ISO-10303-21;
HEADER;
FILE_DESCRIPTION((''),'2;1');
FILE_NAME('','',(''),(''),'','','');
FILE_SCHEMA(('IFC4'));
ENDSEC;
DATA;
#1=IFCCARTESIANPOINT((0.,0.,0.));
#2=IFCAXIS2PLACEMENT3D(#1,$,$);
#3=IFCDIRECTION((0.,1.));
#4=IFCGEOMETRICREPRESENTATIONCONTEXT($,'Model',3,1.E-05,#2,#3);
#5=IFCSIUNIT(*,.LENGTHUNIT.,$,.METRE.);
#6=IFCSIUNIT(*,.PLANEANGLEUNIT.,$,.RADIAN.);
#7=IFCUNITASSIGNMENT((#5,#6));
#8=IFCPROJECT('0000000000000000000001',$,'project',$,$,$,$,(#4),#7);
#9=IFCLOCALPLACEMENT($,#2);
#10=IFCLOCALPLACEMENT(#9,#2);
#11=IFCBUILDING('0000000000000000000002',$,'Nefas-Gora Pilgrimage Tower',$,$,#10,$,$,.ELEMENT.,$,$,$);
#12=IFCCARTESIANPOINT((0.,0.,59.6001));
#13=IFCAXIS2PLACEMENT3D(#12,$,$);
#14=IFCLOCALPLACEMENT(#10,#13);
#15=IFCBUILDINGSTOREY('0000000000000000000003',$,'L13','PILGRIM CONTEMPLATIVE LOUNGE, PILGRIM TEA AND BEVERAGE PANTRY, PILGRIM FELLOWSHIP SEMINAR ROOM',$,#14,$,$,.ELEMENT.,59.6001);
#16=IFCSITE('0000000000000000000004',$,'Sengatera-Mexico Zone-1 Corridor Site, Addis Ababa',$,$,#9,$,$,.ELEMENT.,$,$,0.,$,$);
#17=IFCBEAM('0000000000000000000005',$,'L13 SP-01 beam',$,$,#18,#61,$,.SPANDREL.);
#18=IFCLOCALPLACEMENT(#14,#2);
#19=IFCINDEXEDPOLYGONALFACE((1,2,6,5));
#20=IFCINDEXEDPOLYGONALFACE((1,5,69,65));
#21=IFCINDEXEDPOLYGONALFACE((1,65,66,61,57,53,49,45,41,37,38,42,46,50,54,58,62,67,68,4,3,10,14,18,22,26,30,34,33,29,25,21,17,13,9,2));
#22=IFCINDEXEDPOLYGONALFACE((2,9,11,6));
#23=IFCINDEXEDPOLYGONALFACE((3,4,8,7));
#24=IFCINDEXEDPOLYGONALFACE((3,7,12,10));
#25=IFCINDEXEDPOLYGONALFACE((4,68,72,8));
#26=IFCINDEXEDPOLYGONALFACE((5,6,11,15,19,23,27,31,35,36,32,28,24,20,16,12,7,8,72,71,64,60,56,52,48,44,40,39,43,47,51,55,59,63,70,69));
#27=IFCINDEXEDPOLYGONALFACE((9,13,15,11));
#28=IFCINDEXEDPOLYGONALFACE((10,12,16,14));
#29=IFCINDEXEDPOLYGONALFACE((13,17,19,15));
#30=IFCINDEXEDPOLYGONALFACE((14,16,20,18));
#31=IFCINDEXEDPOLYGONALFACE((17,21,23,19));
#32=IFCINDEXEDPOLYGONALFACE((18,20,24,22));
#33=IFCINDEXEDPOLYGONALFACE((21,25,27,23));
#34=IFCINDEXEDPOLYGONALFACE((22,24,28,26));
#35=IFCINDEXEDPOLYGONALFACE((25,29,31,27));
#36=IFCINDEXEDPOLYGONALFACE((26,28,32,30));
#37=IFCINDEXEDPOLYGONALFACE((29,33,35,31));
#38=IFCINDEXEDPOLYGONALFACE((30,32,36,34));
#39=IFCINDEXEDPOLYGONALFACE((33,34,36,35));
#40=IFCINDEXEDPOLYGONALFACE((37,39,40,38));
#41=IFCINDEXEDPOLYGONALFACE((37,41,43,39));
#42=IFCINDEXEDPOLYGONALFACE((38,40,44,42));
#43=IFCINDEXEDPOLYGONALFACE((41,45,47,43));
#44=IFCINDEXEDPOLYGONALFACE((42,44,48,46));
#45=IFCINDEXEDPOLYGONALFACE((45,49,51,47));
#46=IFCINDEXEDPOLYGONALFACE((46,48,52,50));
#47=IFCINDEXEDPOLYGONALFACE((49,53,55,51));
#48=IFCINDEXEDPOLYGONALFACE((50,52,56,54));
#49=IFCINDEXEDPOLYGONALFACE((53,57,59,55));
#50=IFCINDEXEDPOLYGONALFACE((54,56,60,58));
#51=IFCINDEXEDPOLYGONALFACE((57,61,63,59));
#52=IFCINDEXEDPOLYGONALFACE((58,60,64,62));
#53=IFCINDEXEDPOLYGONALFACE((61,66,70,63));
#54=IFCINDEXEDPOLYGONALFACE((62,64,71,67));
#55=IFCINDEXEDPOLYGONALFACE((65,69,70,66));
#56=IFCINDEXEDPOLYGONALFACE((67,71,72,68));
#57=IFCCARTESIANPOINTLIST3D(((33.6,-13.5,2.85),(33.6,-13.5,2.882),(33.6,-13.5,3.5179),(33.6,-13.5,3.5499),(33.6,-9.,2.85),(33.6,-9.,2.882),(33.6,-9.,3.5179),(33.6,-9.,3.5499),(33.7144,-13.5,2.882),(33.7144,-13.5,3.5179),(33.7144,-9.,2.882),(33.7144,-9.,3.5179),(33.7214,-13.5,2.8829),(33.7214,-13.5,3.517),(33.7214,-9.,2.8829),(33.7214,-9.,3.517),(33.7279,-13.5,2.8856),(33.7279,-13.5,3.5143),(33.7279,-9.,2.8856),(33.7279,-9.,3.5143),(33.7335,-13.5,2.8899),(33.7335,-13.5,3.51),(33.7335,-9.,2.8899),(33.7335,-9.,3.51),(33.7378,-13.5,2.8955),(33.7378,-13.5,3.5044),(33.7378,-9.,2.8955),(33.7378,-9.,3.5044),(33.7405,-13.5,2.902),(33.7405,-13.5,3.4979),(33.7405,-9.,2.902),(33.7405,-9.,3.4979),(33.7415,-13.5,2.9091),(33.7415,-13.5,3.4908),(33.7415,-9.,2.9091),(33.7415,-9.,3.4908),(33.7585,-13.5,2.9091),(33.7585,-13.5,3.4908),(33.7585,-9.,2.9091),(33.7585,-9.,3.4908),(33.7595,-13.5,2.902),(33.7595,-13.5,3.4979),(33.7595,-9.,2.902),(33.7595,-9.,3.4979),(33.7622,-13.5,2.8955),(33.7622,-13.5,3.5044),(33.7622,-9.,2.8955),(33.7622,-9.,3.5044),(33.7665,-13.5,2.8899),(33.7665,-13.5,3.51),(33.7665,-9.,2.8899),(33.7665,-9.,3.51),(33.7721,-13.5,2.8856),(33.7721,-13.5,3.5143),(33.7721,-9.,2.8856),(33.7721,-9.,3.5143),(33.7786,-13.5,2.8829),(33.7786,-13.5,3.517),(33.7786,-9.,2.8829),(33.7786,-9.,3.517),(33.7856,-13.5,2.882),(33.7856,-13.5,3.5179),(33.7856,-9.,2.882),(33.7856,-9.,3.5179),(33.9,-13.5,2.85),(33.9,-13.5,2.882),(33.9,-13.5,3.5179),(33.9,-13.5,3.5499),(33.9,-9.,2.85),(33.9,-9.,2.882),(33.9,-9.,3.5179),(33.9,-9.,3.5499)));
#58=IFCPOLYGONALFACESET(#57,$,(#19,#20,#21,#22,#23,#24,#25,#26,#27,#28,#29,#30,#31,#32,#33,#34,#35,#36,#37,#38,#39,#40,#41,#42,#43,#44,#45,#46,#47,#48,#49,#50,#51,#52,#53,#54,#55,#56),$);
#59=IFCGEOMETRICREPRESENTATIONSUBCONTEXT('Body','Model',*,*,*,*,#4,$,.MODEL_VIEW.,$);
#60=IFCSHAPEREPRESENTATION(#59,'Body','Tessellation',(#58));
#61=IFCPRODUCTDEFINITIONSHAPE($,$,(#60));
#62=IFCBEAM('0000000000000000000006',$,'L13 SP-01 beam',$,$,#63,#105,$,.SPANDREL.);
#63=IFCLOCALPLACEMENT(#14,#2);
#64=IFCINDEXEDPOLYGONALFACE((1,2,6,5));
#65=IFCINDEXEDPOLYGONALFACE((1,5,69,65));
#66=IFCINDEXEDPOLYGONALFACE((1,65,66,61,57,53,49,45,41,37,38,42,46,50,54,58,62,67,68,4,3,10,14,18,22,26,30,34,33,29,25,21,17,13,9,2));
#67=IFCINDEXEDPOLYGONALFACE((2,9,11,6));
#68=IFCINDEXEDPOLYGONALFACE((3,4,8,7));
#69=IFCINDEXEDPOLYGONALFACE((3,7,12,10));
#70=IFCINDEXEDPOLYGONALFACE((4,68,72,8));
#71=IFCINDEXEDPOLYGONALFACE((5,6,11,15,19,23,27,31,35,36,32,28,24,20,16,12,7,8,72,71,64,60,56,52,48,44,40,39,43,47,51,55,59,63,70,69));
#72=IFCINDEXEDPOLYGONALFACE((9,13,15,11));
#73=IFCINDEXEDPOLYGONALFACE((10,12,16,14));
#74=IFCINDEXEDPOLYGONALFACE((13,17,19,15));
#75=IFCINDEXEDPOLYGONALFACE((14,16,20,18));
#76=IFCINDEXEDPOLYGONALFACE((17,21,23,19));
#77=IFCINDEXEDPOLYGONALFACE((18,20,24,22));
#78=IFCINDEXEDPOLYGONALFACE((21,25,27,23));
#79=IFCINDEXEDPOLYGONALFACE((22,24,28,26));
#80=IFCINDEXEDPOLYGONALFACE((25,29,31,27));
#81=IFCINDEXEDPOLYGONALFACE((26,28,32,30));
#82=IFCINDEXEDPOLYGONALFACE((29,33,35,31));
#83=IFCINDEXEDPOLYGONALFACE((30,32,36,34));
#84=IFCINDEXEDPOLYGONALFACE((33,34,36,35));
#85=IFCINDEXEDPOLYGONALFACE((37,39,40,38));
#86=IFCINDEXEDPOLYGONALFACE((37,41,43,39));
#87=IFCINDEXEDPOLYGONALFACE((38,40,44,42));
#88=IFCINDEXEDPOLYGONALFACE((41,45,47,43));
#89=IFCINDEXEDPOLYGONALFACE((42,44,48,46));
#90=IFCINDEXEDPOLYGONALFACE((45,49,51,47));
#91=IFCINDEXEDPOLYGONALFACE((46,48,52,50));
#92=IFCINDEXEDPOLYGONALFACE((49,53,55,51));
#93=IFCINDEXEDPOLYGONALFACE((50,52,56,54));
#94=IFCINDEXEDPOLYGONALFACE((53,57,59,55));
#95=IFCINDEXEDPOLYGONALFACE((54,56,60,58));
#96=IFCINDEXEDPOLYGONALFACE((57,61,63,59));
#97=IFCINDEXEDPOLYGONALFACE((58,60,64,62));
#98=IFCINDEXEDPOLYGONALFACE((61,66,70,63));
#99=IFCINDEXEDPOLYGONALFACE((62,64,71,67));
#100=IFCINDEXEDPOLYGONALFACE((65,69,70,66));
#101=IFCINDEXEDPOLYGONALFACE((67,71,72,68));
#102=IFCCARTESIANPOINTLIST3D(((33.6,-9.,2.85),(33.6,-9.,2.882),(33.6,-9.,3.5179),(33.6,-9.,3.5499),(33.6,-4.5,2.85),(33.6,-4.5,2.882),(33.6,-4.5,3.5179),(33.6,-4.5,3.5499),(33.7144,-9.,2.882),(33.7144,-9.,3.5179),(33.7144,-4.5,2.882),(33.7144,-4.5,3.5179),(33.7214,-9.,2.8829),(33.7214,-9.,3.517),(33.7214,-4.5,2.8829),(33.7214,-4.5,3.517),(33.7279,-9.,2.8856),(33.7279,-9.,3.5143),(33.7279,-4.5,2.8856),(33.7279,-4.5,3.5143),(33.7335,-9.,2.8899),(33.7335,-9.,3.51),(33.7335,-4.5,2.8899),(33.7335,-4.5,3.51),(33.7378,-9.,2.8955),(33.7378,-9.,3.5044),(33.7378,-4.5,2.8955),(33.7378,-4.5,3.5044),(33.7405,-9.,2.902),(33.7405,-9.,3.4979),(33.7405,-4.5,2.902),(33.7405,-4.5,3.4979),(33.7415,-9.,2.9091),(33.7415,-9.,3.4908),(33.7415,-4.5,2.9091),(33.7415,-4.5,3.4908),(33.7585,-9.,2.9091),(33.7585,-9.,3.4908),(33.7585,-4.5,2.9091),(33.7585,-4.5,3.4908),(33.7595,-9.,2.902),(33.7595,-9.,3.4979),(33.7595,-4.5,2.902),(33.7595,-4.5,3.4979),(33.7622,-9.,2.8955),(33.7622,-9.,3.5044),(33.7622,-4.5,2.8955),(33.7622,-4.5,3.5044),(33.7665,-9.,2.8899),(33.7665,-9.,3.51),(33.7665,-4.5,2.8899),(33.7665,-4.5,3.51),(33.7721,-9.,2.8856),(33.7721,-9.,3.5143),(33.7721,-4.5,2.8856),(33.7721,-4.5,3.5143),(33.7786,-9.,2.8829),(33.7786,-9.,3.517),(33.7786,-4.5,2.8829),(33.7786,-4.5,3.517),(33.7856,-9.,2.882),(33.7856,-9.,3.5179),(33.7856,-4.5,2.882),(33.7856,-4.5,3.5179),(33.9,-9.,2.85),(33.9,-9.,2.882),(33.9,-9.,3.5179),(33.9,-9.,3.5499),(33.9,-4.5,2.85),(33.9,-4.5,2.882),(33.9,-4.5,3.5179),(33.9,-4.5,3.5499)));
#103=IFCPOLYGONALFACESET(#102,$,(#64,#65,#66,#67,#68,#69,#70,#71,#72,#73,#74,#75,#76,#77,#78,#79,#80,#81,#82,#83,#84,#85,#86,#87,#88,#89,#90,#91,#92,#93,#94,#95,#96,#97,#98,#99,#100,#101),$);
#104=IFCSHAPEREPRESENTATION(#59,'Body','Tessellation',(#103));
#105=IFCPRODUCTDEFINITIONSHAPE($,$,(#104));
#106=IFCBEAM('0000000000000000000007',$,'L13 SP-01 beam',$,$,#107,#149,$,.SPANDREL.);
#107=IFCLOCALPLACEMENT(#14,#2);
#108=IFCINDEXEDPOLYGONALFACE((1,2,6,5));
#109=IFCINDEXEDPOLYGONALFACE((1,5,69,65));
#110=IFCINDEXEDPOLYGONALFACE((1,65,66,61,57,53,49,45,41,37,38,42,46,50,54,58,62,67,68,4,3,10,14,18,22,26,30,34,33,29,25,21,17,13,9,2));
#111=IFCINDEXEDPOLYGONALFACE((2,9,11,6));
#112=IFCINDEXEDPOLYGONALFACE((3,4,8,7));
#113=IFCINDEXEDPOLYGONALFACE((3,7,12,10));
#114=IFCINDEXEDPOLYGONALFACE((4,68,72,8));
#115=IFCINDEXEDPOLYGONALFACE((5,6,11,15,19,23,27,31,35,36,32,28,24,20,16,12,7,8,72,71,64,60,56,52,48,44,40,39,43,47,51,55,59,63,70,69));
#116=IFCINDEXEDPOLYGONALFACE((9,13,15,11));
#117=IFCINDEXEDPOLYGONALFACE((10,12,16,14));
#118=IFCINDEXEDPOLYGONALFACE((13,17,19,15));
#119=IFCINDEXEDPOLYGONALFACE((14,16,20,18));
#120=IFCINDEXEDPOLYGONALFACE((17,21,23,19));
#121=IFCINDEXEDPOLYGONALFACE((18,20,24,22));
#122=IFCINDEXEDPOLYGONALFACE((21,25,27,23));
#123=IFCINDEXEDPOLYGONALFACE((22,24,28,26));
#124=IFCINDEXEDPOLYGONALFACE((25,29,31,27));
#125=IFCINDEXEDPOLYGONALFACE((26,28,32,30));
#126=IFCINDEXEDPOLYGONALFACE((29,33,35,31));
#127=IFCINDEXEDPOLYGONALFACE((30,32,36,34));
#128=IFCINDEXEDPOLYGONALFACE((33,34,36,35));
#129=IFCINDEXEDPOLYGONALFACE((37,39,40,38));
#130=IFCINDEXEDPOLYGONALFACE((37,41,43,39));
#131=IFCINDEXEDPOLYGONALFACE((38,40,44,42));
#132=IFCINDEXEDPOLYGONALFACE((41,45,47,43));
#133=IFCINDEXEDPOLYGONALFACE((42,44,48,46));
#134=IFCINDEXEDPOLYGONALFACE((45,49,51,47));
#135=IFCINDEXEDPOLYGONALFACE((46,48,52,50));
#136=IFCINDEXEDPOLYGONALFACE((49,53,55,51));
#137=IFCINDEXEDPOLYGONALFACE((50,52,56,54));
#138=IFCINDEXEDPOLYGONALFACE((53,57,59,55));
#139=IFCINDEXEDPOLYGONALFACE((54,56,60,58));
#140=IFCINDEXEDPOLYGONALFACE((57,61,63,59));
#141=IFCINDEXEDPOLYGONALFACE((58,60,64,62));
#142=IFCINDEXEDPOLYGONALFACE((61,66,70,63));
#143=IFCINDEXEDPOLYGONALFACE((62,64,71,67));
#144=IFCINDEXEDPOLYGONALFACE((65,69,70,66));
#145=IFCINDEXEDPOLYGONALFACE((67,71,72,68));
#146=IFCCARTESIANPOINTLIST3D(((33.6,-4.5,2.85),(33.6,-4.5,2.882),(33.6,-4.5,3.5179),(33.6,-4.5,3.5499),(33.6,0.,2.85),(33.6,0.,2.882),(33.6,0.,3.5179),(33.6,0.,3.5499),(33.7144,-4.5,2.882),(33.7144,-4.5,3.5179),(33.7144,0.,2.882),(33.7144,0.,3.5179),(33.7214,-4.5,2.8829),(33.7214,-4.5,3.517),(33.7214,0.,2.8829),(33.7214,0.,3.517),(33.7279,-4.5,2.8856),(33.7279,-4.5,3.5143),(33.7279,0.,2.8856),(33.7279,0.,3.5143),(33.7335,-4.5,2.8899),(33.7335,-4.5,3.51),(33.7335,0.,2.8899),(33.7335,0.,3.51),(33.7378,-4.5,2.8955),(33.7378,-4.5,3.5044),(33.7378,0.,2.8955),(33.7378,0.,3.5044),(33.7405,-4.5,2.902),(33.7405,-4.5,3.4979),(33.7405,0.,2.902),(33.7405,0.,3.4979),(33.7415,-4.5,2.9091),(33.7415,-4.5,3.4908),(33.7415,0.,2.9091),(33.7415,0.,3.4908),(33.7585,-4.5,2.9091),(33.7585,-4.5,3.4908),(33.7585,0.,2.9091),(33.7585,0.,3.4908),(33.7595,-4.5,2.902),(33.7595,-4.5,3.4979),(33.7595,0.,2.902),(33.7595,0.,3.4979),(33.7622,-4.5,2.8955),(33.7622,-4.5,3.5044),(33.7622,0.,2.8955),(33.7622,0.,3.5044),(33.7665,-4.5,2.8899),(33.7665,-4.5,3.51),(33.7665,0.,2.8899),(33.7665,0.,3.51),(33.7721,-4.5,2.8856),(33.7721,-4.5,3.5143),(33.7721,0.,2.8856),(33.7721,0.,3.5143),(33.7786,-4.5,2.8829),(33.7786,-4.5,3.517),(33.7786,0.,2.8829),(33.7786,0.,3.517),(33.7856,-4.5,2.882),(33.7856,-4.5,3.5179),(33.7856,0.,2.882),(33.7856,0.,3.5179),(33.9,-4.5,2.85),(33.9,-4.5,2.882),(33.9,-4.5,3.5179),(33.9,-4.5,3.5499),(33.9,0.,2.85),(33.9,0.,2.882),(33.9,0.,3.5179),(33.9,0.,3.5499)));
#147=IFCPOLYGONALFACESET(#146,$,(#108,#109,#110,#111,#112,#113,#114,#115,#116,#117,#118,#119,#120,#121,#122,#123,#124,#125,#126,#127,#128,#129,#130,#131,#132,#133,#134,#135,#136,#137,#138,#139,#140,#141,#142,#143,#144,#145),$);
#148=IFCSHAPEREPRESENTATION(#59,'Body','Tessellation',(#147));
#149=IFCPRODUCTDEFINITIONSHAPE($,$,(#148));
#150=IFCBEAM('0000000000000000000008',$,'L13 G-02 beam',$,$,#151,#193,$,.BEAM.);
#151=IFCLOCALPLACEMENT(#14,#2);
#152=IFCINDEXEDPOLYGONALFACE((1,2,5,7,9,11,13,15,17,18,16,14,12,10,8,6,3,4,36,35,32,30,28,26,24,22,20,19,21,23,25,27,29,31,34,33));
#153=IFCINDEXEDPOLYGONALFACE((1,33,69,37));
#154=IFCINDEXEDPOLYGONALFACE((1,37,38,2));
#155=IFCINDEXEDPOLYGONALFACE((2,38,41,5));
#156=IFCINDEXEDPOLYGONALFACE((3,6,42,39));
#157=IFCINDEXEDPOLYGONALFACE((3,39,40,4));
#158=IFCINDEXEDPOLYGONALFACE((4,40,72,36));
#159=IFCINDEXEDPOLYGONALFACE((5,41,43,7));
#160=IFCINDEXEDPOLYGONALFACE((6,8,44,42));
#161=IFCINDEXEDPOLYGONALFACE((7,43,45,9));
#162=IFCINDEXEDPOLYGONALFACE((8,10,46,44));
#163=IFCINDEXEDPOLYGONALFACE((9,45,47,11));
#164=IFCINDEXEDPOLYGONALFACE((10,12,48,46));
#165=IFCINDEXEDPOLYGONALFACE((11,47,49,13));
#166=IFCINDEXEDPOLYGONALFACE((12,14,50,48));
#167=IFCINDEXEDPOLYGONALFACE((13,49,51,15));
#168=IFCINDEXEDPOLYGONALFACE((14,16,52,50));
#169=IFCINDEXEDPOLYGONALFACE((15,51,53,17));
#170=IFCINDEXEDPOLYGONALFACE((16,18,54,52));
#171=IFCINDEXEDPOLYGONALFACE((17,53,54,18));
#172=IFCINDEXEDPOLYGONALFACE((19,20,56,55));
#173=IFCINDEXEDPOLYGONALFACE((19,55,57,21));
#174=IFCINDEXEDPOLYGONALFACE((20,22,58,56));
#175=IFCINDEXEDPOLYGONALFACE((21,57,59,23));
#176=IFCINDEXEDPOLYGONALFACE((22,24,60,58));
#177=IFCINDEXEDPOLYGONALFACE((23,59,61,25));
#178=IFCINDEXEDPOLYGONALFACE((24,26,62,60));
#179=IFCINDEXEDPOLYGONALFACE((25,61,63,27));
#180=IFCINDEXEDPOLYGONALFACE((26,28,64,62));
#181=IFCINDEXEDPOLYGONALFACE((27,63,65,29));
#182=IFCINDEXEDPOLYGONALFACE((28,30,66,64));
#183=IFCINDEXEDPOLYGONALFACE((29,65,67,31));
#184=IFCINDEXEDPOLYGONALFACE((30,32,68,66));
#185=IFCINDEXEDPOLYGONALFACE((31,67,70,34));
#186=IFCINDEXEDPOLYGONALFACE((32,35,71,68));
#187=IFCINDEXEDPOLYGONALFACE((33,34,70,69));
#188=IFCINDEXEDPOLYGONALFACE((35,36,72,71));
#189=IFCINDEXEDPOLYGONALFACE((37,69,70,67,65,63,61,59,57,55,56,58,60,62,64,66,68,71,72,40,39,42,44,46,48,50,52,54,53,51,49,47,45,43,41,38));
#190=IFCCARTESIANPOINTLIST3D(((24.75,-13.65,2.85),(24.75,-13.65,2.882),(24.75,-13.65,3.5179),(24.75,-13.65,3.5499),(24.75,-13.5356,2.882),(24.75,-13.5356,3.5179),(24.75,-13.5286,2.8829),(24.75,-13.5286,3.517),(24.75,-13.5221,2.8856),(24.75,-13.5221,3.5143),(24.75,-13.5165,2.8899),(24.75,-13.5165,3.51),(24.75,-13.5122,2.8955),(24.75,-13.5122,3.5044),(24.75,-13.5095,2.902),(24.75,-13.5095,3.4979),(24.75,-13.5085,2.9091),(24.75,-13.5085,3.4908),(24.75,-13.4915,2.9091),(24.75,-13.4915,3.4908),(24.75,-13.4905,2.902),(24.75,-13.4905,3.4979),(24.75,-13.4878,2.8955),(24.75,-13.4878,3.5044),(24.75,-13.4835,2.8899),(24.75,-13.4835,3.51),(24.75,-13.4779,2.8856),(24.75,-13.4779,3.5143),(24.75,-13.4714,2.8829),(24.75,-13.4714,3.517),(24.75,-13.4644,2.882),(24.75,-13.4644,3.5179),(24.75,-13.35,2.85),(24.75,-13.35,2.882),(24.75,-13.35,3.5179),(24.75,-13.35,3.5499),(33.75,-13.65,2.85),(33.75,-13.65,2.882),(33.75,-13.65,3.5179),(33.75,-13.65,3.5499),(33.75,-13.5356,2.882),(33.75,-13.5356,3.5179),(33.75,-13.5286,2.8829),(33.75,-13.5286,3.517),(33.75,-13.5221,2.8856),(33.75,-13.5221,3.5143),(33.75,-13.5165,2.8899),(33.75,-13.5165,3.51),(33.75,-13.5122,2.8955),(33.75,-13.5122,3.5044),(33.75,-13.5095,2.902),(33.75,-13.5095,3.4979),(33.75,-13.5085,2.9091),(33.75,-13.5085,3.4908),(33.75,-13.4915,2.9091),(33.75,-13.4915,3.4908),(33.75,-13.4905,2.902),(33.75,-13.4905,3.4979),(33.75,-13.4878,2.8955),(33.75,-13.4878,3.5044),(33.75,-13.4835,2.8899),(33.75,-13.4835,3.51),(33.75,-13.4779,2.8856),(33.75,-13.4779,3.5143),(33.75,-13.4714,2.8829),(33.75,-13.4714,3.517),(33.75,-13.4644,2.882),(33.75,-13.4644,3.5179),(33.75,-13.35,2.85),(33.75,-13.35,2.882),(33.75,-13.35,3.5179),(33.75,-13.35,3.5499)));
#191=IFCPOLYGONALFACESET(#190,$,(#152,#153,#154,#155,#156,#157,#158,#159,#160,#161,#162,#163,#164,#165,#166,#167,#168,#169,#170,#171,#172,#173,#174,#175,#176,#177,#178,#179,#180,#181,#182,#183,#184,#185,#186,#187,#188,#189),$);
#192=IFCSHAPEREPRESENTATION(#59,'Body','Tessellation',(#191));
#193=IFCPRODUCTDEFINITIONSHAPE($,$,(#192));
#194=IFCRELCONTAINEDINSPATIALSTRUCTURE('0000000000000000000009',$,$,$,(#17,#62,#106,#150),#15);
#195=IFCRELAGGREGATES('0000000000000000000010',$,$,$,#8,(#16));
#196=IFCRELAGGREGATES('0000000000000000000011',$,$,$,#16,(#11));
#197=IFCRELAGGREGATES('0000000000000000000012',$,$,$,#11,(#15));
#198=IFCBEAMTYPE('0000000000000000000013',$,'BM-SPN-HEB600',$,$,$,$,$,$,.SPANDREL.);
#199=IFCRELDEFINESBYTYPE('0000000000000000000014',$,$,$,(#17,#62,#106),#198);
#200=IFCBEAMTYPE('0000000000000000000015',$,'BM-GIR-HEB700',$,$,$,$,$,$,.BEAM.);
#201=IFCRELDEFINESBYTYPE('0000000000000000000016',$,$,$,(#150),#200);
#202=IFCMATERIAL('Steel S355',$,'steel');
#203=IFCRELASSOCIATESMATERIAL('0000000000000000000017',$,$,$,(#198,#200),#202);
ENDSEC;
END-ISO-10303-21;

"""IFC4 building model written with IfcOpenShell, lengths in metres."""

from ifc_helpers import new_model, si_unit, direction, frame, origin, origin_2d, place, context, subcontext, project, spatial, i_section, extrude, source, transform, mapped, material, material_profile, profile_set, type_object, element, save


model = new_model("IFC4")

# Units and contexts
model_context = context("Model", 3, precision=1e-05, world=origin(), true_north=direction((0.0, 1.0)))
body_context = subcontext(model_context, "Body", "Model", "MODEL_VIEW")
ifc_project = project(units=[si_unit("LENGTHUNIT", "METRE"), si_unit("PLANEANGLEUNIT", "RADIAN")], contexts=[model_context])

# Site, building, storey
site_placement = place(None, origin())
site = spatial("IfcSite", under=ifc_project, at=site_placement, Name="Sengatera-Mexico Zone-1 Corridor Site, Addis Ababa", CompositionType="ELEMENT", RefElevation=0.0)
building_placement = place(site_placement, origin())
building = spatial("IfcBuilding", under=site, at=building_placement, Name="Nefas-Gora Pilgrimage Tower", CompositionType="ELEMENT")
storey_placement = place(building_placement, frame((0.0, 0.0, 59.6001)))
storey = spatial("IfcBuildingStorey", under=building, at=storey_placement, Name="L13", Description="PILGRIM CONTEMPLATIVE LOUNGE, PILGRIM TEA AND BEVERAGE PANTRY, PILGRIM FELLOWSHIP SEMINAR ROOM", CompositionType="ELEMENT", Elevation=59.6001)

# Beams
ifc_material_1 = material(Name="Steel S355", Category="steel")
ifc_material_profile_1 = material_profile(ifc_material_1, i_section(OverallWidth=0.3, OverallDepth=0.7, WebThickness=0.0171, FlangeThickness=0.032, FilletRadius=0.0271, at=origin_2d()), Name="HEB 700")
ifc_profile_set_1 = profile_set([ifc_material_profile_1], Name="Steel S355")
beam_type_1 = type_object("IfcBeamType", Name="BM-SPN-HEB600", PredefinedType="SPANDREL", material=ifc_profile_set_1)
shared_shape_1 = source(origin(), body_context, "Body", "SweptSolid", [
    extrude(i_section(OverallWidth=0.3, OverallDepth=0.7, WebThickness=0.0171, FlangeThickness=0.032, FilletRadius=0.0271, at=origin_2d()), origin(), (0.0, 0.0, 1.0), 4.5),
])
for number, where, z_axis, x_axis, name in (
    (1, (33.75, -13.5, 3.2), (0.0, 1.0, 0.0), (-1.0, 0.0, 0.0), "L13 SP-01 beam"),
    (2, (33.75, -9.0, 3.2), (0.0, 1.0, 0.0), (-1.0, 0.0, 0.0), "L13 SP-01 beam"),
    (3, (33.75, -4.5, 3.2), (0.0, 1.0, 0.0), (-1.0, 0.0, 0.0), "L13 SP-01 beam"),
):
    element("IfcBeam", number, at=place(storey_placement, frame(where, z_axis=z_axis, x_axis=x_axis)), inside=storey, type_object=beam_type_1, Name=name, PredefinedType="SPANDREL", context=body_context, shape_type="MappedRepresentation", body=[
        mapped(shared_shape_1, transform((0.0, 0.0, 0.0), x_axis=(1.0, 0.0, 0.0), y_axis=(0.0, 1.0, 0.0), z_axis=(0.0, 0.0, 1.0), scale=1.0)),
    ])
ifc_material_profile_2 = material_profile(ifc_material_1, i_section(OverallWidth=0.3, OverallDepth=0.7, WebThickness=0.0171, FlangeThickness=0.032, FilletRadius=0.0271, at=origin_2d()), Name="HEB 700")
ifc_profile_set_2 = profile_set([ifc_material_profile_2], Name="Steel S355")
beam_type_2 = type_object("IfcBeamType", Name="BM-GIR-HEB700", PredefinedType="BEAM", material=ifc_profile_set_2)
shared_shape_2 = source(origin(), body_context, "Body", "SweptSolid", [
    extrude(i_section(OverallWidth=0.3, OverallDepth=0.7, WebThickness=0.0171, FlangeThickness=0.032, FilletRadius=0.0271, at=origin_2d()), origin(), (0.0, 0.0, 1.0), 9.0),
])
for number, where, z_axis, x_axis, name in (
    (4, (24.75, -13.5, 3.2), (1.0, 0.0, 0.0), (0.0, 1.0, 0.0), "L13 G-02 beam"),
):
    element("IfcBeam", number, at=place(storey_placement, frame(where, z_axis=z_axis, x_axis=x_axis)), inside=storey, type_object=beam_type_2, Name=name, PredefinedType="BEAM", context=body_context, shape_type="MappedRepresentation", body=[
        mapped(shared_shape_2, transform((0.0, 0.0, 0.0), x_axis=(1.0, 0.0, 0.0), y_axis=(0.0, 1.0, 0.0), z_axis=(0.0, 0.0, 1.0), scale=1.0)),
    ])

save(model, "model.ifc")
